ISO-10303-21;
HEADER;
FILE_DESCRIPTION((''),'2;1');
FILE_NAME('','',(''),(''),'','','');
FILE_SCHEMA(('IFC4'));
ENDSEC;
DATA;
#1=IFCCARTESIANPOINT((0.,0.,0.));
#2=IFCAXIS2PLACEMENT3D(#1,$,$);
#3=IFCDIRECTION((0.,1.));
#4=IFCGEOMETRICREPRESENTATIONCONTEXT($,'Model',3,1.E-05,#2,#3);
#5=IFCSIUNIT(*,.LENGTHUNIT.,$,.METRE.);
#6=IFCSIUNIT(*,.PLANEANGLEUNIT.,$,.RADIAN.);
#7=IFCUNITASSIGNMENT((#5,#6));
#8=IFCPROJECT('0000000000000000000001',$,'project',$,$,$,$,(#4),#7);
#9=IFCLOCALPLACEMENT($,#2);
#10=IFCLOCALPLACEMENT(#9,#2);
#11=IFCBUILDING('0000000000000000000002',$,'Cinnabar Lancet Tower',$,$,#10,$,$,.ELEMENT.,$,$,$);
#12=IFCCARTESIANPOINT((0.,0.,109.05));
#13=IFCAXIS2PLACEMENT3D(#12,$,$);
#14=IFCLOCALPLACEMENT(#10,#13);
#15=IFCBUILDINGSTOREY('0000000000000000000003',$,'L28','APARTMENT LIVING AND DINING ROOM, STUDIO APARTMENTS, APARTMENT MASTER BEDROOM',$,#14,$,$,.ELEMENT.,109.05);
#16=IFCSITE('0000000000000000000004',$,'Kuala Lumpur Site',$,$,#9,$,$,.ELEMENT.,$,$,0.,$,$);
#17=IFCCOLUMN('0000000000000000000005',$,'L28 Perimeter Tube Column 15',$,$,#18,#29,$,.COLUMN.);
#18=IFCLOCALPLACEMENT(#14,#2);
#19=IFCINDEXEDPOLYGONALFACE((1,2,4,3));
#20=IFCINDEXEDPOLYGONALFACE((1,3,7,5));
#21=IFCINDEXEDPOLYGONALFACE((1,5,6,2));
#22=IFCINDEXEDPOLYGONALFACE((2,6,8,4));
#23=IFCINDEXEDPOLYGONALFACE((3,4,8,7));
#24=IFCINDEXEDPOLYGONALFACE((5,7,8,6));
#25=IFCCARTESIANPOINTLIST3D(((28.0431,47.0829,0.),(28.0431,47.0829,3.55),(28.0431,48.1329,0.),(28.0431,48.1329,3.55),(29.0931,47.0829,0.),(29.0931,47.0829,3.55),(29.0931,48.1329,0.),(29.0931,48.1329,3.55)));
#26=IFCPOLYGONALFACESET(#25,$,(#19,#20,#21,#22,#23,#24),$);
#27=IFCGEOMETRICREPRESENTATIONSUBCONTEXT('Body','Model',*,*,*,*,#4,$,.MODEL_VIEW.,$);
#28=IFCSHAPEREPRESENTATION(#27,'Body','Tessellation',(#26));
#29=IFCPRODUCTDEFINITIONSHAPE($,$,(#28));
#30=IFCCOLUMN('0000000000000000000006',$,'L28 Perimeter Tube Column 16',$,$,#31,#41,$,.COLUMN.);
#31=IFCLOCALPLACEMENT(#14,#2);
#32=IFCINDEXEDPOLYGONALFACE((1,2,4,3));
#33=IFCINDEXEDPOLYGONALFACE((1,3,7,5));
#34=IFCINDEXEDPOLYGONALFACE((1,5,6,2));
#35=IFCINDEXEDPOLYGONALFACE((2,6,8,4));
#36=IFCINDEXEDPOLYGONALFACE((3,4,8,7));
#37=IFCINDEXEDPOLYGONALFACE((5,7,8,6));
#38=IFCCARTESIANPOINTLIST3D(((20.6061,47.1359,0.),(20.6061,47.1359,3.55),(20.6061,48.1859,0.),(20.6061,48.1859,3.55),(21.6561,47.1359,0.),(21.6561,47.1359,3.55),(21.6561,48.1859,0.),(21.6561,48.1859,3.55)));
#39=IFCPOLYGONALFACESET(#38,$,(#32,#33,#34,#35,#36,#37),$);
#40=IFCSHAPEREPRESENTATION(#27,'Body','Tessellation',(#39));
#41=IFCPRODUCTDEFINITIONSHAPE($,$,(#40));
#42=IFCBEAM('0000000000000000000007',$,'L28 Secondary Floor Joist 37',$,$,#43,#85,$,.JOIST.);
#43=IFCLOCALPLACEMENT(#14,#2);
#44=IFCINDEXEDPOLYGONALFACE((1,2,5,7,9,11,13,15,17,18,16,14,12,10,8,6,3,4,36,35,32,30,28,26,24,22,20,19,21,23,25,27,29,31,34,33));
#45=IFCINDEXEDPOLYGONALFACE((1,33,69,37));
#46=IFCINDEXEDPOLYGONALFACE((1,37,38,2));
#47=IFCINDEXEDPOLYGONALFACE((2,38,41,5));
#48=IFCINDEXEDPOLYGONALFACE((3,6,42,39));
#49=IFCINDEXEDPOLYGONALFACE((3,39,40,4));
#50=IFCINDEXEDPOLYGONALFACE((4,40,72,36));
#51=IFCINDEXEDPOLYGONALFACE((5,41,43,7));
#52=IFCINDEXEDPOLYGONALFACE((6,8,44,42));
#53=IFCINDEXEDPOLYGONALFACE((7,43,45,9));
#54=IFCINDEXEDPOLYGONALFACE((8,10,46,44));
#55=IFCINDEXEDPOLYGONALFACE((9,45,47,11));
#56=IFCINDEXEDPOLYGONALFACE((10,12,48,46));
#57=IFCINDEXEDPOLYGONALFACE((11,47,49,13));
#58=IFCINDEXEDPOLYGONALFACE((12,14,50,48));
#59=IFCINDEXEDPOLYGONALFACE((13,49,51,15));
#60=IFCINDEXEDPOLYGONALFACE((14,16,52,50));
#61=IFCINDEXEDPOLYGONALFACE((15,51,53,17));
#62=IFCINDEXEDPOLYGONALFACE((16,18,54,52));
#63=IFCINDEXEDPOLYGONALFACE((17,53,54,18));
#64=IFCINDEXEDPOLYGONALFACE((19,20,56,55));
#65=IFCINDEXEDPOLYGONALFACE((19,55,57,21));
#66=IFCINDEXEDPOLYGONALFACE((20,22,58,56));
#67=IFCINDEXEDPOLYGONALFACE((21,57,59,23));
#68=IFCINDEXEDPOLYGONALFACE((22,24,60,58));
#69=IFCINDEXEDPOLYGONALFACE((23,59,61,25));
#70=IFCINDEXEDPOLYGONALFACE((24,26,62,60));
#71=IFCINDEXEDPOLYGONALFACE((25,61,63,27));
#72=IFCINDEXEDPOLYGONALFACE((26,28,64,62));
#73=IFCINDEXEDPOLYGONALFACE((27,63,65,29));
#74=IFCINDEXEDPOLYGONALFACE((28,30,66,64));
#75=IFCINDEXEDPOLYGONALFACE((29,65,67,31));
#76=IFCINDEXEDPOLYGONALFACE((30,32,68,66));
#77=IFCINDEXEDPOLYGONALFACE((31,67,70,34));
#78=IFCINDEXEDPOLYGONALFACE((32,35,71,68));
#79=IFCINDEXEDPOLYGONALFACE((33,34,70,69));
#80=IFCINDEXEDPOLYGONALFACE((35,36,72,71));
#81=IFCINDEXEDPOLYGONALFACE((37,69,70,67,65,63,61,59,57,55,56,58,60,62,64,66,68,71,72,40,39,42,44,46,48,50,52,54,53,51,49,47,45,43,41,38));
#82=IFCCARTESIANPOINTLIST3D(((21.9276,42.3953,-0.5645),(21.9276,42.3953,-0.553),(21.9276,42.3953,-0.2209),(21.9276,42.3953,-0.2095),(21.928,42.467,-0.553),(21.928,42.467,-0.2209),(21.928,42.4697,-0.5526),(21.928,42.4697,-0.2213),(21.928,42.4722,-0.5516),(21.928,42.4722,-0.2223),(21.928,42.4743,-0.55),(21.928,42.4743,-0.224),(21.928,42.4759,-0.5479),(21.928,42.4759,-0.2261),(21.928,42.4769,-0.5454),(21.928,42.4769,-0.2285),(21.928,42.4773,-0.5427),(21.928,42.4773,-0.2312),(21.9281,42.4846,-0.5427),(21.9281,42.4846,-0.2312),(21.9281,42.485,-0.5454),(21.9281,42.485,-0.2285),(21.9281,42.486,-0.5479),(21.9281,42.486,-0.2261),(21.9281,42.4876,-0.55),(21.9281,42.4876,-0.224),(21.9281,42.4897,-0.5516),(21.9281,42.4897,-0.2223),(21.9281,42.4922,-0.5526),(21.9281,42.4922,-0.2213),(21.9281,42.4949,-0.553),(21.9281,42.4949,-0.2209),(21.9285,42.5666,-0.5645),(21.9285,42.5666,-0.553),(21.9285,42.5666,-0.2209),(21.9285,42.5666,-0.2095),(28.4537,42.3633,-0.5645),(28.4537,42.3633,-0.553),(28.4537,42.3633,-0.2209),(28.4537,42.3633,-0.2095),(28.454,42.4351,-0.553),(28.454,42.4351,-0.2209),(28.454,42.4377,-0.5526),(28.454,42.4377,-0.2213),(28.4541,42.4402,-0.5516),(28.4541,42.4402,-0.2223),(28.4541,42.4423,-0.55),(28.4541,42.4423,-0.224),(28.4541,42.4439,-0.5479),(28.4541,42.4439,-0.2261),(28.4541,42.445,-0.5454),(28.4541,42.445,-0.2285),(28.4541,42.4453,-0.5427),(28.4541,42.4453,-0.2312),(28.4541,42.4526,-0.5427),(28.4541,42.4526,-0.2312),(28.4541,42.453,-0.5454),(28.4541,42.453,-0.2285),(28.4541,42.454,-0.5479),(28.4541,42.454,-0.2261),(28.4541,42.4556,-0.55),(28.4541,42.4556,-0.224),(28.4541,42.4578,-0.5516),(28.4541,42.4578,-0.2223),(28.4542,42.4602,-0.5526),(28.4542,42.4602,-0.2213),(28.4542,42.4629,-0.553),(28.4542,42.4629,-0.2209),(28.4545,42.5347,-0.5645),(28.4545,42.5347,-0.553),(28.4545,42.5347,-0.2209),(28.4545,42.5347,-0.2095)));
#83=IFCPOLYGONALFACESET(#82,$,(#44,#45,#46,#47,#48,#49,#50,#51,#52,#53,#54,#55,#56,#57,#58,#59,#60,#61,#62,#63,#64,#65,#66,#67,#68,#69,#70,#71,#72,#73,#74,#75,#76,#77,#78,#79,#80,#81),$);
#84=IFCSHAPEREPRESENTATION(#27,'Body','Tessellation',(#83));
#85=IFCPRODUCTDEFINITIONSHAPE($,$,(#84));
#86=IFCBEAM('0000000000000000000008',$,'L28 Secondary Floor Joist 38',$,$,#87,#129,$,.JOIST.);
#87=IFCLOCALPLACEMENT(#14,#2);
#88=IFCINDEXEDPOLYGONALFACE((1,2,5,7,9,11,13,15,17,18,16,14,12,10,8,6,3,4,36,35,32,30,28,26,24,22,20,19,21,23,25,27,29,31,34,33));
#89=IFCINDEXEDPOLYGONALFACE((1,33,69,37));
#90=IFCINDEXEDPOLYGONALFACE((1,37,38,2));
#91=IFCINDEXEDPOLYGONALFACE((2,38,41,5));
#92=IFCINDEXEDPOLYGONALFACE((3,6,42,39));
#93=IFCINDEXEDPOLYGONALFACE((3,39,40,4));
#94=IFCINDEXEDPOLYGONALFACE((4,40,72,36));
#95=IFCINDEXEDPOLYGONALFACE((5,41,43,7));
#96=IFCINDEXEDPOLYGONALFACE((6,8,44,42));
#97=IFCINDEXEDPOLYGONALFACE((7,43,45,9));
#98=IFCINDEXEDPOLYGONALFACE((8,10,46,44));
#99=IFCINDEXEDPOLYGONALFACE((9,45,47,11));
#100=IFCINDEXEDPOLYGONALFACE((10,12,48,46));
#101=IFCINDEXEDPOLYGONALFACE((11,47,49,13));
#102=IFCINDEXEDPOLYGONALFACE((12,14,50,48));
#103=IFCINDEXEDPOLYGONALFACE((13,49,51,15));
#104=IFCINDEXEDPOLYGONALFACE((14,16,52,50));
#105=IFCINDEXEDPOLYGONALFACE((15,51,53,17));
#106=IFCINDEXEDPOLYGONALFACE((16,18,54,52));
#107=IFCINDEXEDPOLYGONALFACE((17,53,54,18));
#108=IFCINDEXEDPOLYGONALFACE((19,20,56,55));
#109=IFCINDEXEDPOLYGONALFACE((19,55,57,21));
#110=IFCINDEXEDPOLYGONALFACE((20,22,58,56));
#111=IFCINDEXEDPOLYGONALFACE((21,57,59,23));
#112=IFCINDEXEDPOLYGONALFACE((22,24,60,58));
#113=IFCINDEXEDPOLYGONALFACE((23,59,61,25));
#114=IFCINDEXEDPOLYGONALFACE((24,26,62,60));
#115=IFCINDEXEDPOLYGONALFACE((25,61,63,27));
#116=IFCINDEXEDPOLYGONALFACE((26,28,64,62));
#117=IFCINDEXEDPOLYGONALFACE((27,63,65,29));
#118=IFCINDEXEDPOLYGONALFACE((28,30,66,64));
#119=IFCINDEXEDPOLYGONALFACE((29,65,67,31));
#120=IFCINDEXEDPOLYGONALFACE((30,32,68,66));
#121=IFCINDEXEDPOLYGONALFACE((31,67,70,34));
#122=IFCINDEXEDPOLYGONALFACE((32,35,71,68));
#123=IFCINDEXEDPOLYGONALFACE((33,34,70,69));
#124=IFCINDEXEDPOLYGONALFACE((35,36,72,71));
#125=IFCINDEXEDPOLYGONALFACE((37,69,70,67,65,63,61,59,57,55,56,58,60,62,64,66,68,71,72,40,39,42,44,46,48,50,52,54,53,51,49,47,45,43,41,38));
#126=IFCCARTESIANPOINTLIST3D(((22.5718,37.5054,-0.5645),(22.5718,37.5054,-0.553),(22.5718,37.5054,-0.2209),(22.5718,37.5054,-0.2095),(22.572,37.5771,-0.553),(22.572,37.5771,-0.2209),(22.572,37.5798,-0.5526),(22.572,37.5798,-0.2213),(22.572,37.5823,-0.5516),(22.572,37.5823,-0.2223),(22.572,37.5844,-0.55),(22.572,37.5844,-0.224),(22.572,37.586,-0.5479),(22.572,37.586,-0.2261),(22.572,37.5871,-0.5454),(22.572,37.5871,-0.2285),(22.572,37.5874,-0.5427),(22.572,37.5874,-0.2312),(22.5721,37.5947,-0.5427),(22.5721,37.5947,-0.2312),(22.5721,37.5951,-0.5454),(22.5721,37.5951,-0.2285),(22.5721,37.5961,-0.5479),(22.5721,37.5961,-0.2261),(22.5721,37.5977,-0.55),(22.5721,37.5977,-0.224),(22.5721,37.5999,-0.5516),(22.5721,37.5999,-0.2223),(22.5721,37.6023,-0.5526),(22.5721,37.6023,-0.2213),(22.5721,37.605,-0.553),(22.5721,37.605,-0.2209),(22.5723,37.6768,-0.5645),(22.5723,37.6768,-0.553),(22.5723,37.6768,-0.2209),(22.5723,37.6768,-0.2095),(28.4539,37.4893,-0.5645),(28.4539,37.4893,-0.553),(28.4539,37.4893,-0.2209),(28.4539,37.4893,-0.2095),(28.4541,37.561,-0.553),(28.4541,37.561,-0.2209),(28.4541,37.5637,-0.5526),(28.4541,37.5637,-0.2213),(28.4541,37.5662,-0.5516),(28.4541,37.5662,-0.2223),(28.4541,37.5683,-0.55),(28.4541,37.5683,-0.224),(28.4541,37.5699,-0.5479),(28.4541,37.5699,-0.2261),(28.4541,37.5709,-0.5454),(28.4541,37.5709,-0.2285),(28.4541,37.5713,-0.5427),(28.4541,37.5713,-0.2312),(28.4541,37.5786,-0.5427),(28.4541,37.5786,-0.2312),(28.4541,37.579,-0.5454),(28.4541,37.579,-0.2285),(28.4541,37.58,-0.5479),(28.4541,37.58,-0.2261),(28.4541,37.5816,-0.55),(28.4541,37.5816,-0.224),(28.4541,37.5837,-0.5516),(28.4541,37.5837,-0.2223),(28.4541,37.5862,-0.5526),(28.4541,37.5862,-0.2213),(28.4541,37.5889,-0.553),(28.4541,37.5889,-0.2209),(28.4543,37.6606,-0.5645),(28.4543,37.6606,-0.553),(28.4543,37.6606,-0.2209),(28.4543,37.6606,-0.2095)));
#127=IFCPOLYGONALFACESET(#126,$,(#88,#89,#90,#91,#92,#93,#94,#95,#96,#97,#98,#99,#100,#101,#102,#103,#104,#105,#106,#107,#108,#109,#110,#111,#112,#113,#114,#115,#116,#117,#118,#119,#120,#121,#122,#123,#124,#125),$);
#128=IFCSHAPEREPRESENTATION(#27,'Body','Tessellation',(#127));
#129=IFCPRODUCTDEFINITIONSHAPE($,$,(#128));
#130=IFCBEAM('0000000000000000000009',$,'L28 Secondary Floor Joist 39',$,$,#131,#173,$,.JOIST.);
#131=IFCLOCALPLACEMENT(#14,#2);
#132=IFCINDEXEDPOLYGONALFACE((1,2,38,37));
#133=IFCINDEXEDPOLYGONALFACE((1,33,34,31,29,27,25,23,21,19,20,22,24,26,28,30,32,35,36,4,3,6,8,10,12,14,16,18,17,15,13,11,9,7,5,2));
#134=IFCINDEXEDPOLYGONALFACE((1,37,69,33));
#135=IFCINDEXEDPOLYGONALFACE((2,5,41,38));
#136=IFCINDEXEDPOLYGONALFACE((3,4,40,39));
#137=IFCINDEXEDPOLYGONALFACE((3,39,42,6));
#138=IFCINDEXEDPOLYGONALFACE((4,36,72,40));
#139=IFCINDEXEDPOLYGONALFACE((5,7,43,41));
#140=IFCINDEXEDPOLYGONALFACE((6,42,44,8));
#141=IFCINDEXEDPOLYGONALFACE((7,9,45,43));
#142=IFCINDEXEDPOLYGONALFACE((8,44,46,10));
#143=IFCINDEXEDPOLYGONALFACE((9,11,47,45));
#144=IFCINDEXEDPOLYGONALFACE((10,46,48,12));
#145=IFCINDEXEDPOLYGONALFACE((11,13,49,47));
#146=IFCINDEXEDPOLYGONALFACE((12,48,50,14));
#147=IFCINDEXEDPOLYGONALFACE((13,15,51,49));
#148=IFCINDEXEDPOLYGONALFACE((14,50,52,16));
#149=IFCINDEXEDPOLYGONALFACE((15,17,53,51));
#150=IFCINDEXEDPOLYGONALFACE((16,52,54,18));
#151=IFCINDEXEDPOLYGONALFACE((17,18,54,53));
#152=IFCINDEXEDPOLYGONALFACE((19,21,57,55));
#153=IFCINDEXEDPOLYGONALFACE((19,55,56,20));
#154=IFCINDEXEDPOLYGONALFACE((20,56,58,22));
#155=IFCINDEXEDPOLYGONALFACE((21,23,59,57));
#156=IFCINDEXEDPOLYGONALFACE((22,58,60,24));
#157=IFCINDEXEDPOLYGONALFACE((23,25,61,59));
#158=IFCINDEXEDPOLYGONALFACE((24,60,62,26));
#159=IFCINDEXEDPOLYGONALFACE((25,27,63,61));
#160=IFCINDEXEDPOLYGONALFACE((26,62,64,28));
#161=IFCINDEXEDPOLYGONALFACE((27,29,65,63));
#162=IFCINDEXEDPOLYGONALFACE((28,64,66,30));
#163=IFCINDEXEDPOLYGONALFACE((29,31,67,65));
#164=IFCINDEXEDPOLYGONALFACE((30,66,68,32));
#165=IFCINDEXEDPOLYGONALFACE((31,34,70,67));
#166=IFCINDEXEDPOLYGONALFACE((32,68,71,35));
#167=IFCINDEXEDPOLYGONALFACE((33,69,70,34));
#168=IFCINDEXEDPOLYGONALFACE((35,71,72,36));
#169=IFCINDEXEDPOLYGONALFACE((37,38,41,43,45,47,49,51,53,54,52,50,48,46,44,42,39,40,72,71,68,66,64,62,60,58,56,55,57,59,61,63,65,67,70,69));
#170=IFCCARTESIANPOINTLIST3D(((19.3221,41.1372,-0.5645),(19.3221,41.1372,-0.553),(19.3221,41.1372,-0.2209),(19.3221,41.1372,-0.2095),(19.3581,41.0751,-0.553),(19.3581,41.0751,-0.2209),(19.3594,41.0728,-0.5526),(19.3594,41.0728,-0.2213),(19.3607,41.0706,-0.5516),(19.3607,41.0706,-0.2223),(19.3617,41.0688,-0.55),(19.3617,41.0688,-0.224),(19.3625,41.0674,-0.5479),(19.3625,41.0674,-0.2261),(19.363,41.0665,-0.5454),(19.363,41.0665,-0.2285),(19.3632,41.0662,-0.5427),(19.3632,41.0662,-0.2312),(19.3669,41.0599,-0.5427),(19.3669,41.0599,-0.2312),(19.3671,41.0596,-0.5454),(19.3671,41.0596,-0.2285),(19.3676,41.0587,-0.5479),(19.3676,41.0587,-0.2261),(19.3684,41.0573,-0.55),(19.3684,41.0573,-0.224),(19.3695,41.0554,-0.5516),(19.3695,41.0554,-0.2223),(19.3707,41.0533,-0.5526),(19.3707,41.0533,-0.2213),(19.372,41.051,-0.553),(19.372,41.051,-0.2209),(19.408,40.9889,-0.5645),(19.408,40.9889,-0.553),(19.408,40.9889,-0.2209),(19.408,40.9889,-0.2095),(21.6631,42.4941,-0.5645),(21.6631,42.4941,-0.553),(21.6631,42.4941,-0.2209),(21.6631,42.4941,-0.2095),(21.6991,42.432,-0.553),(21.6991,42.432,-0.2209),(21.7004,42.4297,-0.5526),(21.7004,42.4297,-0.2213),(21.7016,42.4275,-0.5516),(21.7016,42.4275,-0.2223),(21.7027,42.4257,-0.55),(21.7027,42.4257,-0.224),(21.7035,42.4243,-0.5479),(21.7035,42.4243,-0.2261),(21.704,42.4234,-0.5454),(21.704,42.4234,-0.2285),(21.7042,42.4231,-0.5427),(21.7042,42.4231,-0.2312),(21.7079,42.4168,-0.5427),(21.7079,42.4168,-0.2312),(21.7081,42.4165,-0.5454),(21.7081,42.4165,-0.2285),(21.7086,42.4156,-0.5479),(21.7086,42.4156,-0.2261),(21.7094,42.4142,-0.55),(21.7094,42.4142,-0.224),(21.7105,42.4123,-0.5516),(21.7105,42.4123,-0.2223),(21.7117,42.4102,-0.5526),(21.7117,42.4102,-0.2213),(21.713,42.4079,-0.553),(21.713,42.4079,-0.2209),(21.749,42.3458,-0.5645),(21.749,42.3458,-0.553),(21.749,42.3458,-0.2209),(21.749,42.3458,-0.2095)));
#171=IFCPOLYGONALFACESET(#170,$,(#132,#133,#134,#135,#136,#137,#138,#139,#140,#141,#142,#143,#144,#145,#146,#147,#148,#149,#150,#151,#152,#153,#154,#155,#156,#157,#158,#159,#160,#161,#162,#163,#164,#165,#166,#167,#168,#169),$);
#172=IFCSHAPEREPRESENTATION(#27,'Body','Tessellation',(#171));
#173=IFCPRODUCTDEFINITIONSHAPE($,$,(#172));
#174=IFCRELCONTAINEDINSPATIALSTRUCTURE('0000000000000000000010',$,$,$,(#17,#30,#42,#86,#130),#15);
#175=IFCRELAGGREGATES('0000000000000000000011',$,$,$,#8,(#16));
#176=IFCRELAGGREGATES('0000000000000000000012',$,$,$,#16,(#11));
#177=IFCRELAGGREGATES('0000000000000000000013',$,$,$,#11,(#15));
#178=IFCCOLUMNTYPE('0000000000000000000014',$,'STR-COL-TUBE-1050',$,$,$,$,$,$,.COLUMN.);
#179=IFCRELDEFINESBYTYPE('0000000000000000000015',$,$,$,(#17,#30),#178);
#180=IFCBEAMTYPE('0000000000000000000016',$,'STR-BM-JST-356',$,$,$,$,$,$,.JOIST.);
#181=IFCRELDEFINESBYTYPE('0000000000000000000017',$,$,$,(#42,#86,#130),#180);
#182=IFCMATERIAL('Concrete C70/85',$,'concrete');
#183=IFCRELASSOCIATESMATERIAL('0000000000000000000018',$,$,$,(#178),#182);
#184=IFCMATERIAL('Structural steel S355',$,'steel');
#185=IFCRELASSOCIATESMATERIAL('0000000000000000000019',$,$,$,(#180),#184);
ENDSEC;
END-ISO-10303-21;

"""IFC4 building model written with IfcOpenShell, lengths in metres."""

from ifc_helpers import new_model, si_unit, direction, frame, origin, origin_2d, place, context, subcontext, project, spatial, rectangle, i_section, extrude, material, material_profile, profile_set, type_object, element, save


model = new_model("IFC4")

# Units and contexts
model_context = context("Model", 3, precision=1e-05, world=origin(), true_north=direction((0.0, 1.0)))
body_context = subcontext(model_context, "Body", "Model", "MODEL_VIEW")
ifc_project = project(units=[si_unit("LENGTHUNIT", "METRE"), si_unit("PLANEANGLEUNIT", "RADIAN")], contexts=[model_context])

# Site, building, storey
site_placement = place(None, origin())
site = spatial("IfcSite", under=ifc_project, at=site_placement, Name="Kuala Lumpur Site", CompositionType="ELEMENT", RefElevation=0.0)
building_placement = place(site_placement, origin())
building = spatial("IfcBuilding", under=site, at=building_placement, Name="Cinnabar Lancet Tower", CompositionType="ELEMENT")
storey_placement = place(building_placement, frame((0.0, 0.0, 109.05)))
storey = spatial("IfcBuildingStorey", under=building, at=storey_placement, Name="L28", Description="APARTMENT LIVING AND DINING ROOM, STUDIO APARTMENTS, APARTMENT MASTER BEDROOM", CompositionType="ELEMENT", Elevation=109.05)

# Columns
ifc_material_1 = material(Name="Concrete C70/85", Category="concrete")
ifc_material_profile_1 = material_profile(ifc_material_1, rectangle(XDim=1.05, YDim=1.05, at=origin_2d()), Name="RC-COL 1050x1050")
ifc_profile_set_1 = profile_set([ifc_material_profile_1], Name="Concrete C70/85")
column_type = type_object("IfcColumnType", Name="STR-COL-TUBE-1050", PredefinedType="COLUMN", material=ifc_profile_set_1)
for number, where, z_axis, x_axis, name in (
    (1, (28.5681, 47.6079, 0.0), (0.0, 0.0, 1.0), (1.0, 0.0, 0.0), "L28 Perimeter Tube Column 15"),
    (2, (21.1311, 47.6609, 0.0), (0.0, 0.0, 1.0), (1.0, 0.0, 0.0), "L28 Perimeter Tube Column 16"),
):
    element("IfcColumn", number, at=place(storey_placement, frame(where, z_axis=z_axis, x_axis=x_axis)), inside=storey, type_object=column_type, Name=name, PredefinedType="COLUMN", context=body_context, shape_type="SweptSolid", body=[
        extrude(rectangle(XDim=1.05, YDim=1.05, at=origin_2d()), origin(), (0.0, 0.0, 1.0), 3.55),
    ])

# Beams
ifc_material_2 = material(Name="Structural steel S355", Category="steel")
ifc_material_profile_2 = material_profile(ifc_material_2, i_section(OverallWidth=0.1714, OverallDepth=0.355, WebThickness=0.0073, FlangeThickness=0.0115, FilletRadius=0.0103, at=origin_2d()), Name="UKB 356x171x51")
ifc_profile_set_2 = profile_set([ifc_material_profile_2], Name="Structural steel S355")
beam_type_1 = type_object("IfcBeamType", Name="STR-BM-JST-356", PredefinedType="JOIST", material=ifc_profile_set_2)
beam_1_placement = place(storey_placement, frame((28.4541, 42.449, -0.387), z_axis=(-0.999988, 0.004901, 0.0), x_axis=(-0.004901, -0.999988, 0.0)))
element("IfcBeam", 3, at=beam_1_placement, inside=storey, type_object=beam_type_1, Name="L28 Secondary Floor Joist 37", PredefinedType="JOIST", context=body_context, shape_type="SweptSolid", body=[
    extrude(i_section(OverallWidth=0.1714, OverallDepth=0.355, WebThickness=0.0073, FlangeThickness=0.0115, FilletRadius=0.0103, at=origin_2d()), origin(), (0.0, 0.0, 1.0), 6.5261),
])
beam_2_placement = place(storey_placement, frame((28.4541, 37.575, -0.387), z_axis=(-0.999996, 0.002739, 0.0), x_axis=(-0.002739, -0.999996, 0.0)))
element("IfcBeam", 4, at=beam_2_placement, inside=storey, type_object=beam_type_1, Name="L28 Secondary Floor Joist 38", PredefinedType="JOIST", context=body_context, shape_type="SweptSolid", body=[
    extrude(i_section(OverallWidth=0.1714, OverallDepth=0.355, WebThickness=0.0073, FlangeThickness=0.0115, FilletRadius=0.0103, at=origin_2d()), origin(), (0.0, 0.0, 1.0), 5.8821),
])
beam_3_placement = place(storey_placement, frame((21.7061, 42.4199, -0.387), z_axis=(-0.865173, -0.501474, 0.0), x_axis=(0.501474, -0.865173, 0.0)))
element("IfcBeam", 5, at=beam_3_placement, inside=storey, type_object=beam_type_1, Name="L28 Secondary Floor Joist 39", PredefinedType="JOIST", context=body_context, shape_type="SweptSolid", body=[
    extrude(i_section(OverallWidth=0.1714, OverallDepth=0.355, WebThickness=0.0073, FlangeThickness=0.0115, FilletRadius=0.0103, at=origin_2d()), origin(), (0.0, 0.0, 1.0), 2.7058),
])

save(model, "model.ifc")
